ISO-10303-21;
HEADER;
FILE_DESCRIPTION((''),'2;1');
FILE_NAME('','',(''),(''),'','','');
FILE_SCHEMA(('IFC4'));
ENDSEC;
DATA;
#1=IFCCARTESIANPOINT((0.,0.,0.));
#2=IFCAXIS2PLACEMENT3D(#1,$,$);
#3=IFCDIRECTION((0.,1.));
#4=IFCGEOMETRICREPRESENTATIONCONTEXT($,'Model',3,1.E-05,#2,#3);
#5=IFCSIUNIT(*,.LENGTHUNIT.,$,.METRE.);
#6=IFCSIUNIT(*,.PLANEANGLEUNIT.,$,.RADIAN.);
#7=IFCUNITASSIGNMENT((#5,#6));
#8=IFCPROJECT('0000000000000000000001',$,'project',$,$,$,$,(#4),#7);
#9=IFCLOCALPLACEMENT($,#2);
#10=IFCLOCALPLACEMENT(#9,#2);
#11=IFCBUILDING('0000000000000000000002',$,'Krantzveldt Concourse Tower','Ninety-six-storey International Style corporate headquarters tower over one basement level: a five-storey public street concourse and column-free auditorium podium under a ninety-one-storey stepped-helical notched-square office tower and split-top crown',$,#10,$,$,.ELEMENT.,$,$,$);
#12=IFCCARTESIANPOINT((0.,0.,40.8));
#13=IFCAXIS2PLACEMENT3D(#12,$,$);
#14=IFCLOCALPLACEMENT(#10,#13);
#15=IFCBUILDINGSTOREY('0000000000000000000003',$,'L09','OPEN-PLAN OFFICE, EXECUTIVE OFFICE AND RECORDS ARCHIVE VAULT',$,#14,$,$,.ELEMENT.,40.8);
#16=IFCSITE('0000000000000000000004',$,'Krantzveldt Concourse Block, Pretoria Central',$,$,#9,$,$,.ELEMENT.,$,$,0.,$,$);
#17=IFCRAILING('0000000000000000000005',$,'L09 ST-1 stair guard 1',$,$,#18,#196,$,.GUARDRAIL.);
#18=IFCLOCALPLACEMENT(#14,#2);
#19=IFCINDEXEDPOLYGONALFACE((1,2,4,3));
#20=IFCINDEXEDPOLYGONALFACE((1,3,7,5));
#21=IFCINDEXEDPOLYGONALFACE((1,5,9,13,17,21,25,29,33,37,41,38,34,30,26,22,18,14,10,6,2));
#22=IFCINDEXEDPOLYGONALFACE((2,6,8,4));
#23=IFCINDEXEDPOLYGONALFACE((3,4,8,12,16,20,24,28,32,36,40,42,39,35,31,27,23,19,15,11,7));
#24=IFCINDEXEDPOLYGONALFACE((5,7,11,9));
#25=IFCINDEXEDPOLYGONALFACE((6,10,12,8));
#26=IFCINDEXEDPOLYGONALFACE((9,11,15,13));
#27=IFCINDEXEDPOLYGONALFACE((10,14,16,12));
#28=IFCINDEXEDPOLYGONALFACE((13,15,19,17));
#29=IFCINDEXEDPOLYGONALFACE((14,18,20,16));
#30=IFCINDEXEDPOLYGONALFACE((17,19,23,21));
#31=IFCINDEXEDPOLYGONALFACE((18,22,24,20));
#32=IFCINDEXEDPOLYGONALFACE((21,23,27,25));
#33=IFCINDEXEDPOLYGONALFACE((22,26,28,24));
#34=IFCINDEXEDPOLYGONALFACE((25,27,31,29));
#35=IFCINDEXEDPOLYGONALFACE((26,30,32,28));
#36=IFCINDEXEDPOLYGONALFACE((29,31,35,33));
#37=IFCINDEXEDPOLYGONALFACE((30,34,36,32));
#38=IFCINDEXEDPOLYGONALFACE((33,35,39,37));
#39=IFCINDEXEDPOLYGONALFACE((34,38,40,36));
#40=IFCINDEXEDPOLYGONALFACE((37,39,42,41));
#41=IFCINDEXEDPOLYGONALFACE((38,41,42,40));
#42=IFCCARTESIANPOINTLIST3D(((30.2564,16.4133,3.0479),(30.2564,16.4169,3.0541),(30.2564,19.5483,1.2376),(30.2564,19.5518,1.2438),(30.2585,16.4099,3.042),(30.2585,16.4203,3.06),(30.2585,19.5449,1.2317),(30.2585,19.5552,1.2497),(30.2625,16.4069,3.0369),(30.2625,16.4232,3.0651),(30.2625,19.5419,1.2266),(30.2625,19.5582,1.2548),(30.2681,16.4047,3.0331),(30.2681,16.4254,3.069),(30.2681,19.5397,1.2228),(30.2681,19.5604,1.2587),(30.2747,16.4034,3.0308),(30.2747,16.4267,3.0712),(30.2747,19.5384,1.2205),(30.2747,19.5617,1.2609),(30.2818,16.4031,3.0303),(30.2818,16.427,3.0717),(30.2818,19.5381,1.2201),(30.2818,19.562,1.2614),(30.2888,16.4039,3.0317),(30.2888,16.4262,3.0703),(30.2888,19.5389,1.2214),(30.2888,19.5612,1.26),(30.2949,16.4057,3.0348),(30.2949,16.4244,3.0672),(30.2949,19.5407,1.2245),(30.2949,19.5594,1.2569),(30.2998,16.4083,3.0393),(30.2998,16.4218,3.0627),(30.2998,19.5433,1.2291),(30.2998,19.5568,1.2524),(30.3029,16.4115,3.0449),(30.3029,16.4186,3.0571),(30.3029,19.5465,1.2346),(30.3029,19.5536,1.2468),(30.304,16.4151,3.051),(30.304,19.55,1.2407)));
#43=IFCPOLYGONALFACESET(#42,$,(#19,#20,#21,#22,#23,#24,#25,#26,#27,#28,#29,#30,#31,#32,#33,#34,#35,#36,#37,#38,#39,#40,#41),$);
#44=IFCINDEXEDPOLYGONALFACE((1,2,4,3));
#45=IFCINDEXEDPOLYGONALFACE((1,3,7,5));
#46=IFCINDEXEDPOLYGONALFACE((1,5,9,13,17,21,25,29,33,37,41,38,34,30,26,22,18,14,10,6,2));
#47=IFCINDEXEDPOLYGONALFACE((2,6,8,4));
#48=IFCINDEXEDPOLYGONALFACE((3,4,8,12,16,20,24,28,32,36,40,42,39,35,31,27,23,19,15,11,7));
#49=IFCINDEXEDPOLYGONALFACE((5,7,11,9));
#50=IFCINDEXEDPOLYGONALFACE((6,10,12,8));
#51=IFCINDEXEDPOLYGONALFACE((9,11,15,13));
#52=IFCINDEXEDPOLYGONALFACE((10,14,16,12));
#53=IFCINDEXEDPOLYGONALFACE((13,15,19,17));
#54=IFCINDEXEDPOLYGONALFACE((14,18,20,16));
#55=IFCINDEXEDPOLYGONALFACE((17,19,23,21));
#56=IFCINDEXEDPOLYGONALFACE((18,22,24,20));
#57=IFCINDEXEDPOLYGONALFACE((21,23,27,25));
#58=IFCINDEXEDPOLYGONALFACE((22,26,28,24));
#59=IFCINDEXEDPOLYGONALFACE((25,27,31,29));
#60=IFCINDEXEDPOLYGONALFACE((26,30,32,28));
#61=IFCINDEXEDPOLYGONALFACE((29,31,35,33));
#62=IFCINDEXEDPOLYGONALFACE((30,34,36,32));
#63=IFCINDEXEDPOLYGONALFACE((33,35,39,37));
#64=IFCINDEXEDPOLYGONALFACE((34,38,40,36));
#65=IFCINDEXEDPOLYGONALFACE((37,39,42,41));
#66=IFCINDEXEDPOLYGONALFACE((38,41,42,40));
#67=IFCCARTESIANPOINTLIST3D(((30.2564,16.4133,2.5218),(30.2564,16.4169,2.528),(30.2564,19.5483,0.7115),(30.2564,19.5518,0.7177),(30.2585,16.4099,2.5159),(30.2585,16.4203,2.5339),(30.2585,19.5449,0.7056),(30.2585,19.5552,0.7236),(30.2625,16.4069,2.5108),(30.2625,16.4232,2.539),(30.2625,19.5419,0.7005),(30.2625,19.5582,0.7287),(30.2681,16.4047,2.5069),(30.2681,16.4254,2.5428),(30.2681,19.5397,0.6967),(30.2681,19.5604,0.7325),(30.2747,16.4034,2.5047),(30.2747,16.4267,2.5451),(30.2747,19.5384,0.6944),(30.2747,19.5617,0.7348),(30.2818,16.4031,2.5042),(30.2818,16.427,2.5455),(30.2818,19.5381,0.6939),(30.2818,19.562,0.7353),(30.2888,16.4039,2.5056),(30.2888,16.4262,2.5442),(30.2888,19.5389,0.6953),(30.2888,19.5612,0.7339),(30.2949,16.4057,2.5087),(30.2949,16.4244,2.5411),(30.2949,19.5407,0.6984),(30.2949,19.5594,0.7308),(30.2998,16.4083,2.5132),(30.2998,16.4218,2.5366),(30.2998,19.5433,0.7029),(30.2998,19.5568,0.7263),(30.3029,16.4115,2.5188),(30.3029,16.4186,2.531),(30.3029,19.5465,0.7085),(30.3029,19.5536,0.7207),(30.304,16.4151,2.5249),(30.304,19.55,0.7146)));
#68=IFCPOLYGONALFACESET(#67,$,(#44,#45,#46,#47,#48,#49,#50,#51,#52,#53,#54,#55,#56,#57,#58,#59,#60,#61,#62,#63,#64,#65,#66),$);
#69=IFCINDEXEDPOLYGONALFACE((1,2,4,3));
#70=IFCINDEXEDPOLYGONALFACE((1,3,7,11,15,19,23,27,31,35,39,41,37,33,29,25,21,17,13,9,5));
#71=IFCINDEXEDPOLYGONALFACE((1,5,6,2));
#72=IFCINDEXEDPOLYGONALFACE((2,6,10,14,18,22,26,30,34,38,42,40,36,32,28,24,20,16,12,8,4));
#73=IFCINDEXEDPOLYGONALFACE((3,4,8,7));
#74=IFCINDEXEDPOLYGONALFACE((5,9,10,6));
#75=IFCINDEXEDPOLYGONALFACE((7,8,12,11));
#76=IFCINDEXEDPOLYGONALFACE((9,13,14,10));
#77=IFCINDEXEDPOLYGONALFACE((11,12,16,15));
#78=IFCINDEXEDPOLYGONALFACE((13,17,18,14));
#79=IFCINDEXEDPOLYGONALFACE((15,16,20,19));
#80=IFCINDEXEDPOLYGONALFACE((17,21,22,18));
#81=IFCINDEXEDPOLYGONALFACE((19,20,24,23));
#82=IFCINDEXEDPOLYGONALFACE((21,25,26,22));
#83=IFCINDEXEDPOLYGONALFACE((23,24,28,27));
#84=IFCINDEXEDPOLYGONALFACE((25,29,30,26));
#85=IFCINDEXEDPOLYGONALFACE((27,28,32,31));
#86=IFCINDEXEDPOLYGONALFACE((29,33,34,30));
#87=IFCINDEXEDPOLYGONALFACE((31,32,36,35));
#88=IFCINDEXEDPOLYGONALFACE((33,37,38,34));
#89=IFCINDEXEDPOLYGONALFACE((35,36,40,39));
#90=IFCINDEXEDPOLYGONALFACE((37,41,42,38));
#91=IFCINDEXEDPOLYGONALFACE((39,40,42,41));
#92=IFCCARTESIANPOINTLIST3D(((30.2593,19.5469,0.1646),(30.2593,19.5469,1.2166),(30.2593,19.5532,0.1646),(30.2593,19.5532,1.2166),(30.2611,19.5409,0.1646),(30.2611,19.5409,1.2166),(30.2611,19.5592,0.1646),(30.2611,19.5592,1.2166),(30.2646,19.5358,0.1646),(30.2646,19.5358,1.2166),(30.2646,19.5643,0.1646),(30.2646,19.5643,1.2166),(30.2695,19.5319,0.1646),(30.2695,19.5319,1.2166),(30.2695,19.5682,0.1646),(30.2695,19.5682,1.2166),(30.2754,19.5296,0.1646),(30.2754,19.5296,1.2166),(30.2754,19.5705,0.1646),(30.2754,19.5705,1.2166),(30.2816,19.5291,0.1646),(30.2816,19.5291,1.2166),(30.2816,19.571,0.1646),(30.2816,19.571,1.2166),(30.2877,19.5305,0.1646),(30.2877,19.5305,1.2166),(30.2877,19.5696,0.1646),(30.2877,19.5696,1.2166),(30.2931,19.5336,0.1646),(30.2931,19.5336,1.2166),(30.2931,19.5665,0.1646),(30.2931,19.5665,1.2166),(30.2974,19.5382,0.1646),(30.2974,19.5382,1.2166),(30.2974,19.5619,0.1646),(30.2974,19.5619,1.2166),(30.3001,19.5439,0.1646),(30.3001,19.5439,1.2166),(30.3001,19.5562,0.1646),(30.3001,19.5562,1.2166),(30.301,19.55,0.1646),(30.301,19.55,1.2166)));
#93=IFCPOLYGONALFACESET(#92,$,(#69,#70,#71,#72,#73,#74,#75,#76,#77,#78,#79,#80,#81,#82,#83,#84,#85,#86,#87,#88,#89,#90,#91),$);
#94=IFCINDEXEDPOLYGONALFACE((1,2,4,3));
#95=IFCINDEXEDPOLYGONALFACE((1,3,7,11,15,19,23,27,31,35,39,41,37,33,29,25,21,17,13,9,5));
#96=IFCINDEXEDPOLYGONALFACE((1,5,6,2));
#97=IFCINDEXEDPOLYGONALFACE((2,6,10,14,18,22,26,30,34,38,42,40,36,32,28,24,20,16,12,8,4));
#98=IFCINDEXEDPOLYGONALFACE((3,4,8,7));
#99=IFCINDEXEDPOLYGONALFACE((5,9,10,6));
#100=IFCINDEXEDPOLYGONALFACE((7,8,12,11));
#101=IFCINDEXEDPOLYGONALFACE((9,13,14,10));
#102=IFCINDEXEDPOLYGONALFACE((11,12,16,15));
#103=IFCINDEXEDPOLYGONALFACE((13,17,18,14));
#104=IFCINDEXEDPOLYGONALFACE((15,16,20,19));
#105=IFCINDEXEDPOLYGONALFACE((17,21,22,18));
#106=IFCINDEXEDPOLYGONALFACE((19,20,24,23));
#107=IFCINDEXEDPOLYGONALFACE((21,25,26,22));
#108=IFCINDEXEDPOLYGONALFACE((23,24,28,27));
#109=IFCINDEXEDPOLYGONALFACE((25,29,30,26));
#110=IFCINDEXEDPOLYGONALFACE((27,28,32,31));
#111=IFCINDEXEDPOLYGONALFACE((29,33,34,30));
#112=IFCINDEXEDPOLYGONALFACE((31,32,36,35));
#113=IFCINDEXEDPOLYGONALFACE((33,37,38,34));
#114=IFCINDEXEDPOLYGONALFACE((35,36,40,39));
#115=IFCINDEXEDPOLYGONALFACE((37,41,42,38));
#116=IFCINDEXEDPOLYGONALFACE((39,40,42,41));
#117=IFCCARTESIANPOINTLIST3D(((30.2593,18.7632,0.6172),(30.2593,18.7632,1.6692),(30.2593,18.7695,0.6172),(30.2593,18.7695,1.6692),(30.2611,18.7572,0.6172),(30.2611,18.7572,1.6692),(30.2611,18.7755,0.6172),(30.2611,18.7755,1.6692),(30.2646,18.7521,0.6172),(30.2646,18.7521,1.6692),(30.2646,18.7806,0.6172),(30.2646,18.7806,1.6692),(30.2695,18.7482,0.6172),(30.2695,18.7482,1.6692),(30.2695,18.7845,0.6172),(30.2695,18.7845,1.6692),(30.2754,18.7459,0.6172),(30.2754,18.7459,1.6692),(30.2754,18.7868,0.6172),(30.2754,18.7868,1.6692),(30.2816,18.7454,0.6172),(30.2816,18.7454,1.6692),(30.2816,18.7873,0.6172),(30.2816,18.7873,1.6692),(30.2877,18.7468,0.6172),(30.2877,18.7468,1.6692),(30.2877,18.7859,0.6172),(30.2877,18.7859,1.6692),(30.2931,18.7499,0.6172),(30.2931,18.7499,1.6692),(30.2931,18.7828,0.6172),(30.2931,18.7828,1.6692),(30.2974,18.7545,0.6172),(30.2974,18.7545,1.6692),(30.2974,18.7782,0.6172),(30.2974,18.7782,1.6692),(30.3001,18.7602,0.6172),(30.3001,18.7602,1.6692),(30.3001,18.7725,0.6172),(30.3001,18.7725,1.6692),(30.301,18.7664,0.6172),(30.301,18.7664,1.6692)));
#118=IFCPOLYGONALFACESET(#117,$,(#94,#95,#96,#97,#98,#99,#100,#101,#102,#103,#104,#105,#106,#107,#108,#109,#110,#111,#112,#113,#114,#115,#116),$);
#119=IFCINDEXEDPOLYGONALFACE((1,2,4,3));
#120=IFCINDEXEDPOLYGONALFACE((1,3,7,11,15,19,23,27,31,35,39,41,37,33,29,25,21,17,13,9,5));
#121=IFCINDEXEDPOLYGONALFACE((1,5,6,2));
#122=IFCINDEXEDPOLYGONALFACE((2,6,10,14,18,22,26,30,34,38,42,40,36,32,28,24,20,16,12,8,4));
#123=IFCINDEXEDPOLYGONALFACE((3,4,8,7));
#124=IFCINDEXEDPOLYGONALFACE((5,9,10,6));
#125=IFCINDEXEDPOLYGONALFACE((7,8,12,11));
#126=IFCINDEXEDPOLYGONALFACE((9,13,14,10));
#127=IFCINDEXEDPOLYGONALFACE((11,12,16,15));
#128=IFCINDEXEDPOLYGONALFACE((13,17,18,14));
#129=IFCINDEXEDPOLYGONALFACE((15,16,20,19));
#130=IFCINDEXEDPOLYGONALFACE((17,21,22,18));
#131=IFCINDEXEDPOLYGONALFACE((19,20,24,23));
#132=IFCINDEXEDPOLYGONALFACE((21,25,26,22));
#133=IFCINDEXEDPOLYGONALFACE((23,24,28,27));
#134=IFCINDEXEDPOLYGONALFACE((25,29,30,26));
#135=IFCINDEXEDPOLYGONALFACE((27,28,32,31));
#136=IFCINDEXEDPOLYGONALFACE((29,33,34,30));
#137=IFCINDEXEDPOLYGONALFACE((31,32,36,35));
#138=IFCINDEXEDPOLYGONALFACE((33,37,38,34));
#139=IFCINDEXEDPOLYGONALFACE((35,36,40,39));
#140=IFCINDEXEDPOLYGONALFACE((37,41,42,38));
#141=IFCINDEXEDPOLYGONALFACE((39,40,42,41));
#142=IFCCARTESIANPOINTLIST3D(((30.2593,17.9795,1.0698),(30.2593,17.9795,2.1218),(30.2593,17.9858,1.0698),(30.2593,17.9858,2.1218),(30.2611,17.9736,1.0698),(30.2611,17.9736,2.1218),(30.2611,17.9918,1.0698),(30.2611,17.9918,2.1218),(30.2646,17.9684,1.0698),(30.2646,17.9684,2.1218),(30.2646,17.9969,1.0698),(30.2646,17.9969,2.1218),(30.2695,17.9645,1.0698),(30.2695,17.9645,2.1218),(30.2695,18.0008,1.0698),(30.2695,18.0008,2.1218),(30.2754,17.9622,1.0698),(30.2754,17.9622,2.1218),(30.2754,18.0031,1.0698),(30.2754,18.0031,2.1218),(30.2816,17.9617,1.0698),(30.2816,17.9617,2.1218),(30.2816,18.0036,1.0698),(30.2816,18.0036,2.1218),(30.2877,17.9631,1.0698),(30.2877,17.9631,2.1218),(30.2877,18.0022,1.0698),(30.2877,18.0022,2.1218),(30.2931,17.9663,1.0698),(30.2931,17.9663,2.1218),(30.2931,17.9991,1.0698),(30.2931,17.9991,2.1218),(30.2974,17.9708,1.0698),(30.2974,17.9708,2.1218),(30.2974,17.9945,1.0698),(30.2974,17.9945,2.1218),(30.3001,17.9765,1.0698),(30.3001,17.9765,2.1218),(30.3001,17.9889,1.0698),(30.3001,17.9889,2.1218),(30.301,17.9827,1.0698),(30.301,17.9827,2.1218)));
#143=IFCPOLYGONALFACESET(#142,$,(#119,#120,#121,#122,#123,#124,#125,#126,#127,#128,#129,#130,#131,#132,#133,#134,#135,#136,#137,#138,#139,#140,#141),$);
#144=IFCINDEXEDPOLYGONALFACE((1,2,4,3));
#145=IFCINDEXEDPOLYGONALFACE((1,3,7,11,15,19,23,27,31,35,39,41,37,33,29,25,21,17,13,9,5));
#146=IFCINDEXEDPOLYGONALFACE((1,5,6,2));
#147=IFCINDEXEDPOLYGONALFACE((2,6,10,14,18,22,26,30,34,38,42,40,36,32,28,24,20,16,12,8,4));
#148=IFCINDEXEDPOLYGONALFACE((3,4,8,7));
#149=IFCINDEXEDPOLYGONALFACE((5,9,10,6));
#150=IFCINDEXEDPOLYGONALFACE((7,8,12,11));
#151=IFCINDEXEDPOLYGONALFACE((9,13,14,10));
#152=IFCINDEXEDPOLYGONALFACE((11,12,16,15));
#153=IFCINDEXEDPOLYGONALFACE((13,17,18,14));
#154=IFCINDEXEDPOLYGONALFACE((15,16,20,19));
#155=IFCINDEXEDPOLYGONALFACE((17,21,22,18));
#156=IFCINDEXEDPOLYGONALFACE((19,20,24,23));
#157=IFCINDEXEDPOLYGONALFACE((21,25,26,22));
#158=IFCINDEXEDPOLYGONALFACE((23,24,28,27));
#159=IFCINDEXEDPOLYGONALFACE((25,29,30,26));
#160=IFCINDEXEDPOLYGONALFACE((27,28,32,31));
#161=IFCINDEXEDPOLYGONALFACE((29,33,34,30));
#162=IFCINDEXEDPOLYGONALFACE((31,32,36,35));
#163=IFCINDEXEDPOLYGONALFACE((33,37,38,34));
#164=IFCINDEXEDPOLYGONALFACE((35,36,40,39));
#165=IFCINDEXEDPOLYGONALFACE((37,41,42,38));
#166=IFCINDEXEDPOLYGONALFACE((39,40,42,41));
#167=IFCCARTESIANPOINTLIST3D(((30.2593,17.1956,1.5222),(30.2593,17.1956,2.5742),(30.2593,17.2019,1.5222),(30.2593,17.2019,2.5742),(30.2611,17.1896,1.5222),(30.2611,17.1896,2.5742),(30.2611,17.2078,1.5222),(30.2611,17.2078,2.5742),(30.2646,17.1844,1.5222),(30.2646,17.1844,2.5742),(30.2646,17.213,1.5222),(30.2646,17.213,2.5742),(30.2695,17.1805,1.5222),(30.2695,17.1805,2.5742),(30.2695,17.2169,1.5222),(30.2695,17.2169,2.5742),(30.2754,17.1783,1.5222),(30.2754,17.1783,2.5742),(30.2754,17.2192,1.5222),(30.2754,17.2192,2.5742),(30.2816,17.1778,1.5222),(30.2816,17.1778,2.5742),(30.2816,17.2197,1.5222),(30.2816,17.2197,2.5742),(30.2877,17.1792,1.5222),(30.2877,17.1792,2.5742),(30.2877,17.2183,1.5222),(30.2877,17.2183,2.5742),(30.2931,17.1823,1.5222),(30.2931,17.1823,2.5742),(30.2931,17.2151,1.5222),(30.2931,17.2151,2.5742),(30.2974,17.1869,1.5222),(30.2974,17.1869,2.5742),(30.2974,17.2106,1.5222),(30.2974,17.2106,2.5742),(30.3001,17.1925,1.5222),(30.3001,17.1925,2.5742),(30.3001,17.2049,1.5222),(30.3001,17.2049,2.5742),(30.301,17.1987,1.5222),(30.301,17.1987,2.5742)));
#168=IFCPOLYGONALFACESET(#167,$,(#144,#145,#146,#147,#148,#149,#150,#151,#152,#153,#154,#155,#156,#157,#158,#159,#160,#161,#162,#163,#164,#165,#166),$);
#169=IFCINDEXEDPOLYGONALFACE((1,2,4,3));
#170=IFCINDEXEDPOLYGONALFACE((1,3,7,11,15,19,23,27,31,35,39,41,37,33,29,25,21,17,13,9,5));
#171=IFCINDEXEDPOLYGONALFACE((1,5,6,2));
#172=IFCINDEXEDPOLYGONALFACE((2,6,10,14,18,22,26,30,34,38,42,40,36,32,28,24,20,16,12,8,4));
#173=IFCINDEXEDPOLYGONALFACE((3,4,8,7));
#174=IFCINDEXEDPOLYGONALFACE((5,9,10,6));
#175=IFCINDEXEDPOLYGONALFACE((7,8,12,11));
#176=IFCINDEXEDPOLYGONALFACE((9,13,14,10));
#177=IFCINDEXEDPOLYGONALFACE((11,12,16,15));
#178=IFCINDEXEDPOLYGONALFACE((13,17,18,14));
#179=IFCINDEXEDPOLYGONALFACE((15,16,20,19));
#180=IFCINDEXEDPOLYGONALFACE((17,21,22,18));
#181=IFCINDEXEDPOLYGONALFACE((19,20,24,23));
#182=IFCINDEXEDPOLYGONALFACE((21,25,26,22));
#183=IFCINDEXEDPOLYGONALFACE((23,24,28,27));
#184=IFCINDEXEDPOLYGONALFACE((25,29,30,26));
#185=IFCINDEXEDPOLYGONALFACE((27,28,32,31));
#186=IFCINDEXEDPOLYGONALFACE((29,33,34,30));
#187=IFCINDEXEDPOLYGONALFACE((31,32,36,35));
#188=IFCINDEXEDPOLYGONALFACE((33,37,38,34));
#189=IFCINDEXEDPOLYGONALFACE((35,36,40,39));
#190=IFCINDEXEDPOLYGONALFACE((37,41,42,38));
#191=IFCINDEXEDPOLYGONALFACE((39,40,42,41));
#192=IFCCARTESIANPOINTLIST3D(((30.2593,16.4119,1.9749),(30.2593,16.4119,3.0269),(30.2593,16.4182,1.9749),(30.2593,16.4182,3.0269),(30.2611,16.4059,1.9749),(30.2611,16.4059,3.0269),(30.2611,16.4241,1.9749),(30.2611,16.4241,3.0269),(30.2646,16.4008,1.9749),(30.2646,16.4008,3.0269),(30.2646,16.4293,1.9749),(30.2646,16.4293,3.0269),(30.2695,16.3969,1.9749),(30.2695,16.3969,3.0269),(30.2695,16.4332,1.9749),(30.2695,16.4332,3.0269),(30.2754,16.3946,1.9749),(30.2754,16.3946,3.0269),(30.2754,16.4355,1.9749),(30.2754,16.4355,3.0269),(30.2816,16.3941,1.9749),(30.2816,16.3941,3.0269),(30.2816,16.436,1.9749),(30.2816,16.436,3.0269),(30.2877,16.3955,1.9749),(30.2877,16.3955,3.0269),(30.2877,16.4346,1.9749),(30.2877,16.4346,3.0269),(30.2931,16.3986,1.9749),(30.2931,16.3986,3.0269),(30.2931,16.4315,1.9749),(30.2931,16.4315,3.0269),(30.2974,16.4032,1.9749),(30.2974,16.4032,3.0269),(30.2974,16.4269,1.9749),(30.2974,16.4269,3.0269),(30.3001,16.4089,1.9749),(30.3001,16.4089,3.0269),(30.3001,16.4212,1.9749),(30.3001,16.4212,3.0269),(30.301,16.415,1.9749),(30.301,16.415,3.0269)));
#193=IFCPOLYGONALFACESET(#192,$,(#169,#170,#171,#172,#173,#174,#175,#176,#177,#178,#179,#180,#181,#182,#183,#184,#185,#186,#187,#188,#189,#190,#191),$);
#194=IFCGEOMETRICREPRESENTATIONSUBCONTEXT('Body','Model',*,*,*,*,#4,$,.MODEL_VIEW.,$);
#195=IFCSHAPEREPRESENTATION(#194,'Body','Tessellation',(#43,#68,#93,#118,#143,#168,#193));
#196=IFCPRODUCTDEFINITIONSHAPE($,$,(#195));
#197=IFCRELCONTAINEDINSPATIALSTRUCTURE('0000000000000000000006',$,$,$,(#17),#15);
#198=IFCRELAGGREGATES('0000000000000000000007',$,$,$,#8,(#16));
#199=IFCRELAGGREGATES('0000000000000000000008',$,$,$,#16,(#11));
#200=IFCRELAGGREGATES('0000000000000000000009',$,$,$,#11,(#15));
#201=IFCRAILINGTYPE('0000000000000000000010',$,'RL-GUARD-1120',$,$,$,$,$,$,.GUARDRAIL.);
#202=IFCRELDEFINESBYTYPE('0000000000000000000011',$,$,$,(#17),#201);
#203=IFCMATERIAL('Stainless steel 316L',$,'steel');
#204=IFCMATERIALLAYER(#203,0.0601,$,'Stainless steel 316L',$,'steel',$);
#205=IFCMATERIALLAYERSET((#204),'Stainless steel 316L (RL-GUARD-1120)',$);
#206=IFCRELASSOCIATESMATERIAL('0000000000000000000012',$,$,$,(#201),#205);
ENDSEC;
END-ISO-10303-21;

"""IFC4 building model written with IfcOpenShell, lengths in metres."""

from ifc_helpers import new_model, si_unit, direction, frame, origin, origin_2d, place, context, subcontext, project, spatial, circle, extrude, material, layer, layer_set, type_object, element, save


model = new_model("IFC4")

# Units and contexts
model_context = context("Model", 3, precision=1e-05, world=origin(), true_north=direction((0.0, 1.0)))
body_context = subcontext(model_context, "Body", "Model", "MODEL_VIEW")
ifc_project = project(units=[si_unit("LENGTHUNIT", "METRE"), si_unit("PLANEANGLEUNIT", "RADIAN")], contexts=[model_context])

# Site, building, storey
site_placement = place(None, origin())
site = spatial("IfcSite", under=ifc_project, at=site_placement, Name="Krantzveldt Concourse Block, Pretoria Central", CompositionType="ELEMENT", RefElevation=0.0)
building_placement = place(site_placement, origin())
building = spatial("IfcBuilding", under=site, at=building_placement, Name="Krantzveldt Concourse Tower", Description="Ninety-six-storey International Style corporate headquarters tower over one basement level: a five-storey public street concourse and column-free auditorium podium under a ninety-one-storey stepped-helical notched-square office tower and split-top crown", CompositionType="ELEMENT")
storey_placement = place(building_placement, frame((0.0, 0.0, 40.8)))
storey = spatial("IfcBuildingStorey", under=building, at=storey_placement, Name="L09", Description="OPEN-PLAN OFFICE, EXECUTIVE OFFICE AND RECORDS ARCHIVE VAULT", CompositionType="ELEMENT", Elevation=40.8)

# Railing
ifc_material_1 = material(Name="Stainless steel 316L", Category="steel")
ifc_layer_1 = layer(ifc_material_1, 0.0601, Name="Stainless steel 316L", Category="steel")
ifc_layer_set_1 = layer_set([ifc_layer_1], Name="Stainless steel 316L (RL-GUARD-1120)")
railing_type_1 = type_object("IfcRailingType", Name="RL-GUARD-1120", PredefinedType="GUARDRAIL", material=ifc_layer_set_1)
railing_1_placement = place(storey_placement, frame((30.28, 19.55, 0.1646)))
element("IfcRailing", 1, at=railing_1_placement, inside=storey, type_object=railing_type_1, Name="L09 ST-1 stair guard 1", PredefinedType="GUARDRAIL", context=body_context, shape_type="SweptSolid", body=[
    extrude(circle(Radius=0.0239, at=origin_2d()), frame((0.0, 0.0, 1.0762), z_axis=(0.0, -0.865989, 0.500063), x_axis=(1.0, 0.0, 0.0)), (0.0, 0.0, 1.0), 3.6201),
    extrude(circle(Radius=0.0239, at=origin_2d()), frame((0.0, 0.0, 0.55), z_axis=(0.0, -0.865989, 0.500063), x_axis=(1.0, 0.0, 0.0)), (0.0, 0.0, 1.0), 3.6201),
    extrude(circle(Radius=0.021, at=origin_2d()), origin(), (0.0, 0.0, 1.0), 1.052),
    extrude(circle(Radius=0.021, at=origin_2d()), frame((0.0, -0.7837, 0.4526)), (0.0, 0.0, 1.0), 1.052),
    extrude(circle(Radius=0.021, at=origin_2d()), frame((0.0, -1.5674, 0.9053)), (0.0, 0.0, 1.0), 1.052),
    extrude(circle(Radius=0.021, at=origin_2d()), frame((0.0, -2.3513, 1.3577)), (0.0, 0.0, 1.0), 1.052),
    extrude(circle(Radius=0.021, at=origin_2d()), frame((0.0, -3.135, 1.8103)), (0.0, 0.0, 1.0), 1.052),
])

save(model, "model.ifc")
